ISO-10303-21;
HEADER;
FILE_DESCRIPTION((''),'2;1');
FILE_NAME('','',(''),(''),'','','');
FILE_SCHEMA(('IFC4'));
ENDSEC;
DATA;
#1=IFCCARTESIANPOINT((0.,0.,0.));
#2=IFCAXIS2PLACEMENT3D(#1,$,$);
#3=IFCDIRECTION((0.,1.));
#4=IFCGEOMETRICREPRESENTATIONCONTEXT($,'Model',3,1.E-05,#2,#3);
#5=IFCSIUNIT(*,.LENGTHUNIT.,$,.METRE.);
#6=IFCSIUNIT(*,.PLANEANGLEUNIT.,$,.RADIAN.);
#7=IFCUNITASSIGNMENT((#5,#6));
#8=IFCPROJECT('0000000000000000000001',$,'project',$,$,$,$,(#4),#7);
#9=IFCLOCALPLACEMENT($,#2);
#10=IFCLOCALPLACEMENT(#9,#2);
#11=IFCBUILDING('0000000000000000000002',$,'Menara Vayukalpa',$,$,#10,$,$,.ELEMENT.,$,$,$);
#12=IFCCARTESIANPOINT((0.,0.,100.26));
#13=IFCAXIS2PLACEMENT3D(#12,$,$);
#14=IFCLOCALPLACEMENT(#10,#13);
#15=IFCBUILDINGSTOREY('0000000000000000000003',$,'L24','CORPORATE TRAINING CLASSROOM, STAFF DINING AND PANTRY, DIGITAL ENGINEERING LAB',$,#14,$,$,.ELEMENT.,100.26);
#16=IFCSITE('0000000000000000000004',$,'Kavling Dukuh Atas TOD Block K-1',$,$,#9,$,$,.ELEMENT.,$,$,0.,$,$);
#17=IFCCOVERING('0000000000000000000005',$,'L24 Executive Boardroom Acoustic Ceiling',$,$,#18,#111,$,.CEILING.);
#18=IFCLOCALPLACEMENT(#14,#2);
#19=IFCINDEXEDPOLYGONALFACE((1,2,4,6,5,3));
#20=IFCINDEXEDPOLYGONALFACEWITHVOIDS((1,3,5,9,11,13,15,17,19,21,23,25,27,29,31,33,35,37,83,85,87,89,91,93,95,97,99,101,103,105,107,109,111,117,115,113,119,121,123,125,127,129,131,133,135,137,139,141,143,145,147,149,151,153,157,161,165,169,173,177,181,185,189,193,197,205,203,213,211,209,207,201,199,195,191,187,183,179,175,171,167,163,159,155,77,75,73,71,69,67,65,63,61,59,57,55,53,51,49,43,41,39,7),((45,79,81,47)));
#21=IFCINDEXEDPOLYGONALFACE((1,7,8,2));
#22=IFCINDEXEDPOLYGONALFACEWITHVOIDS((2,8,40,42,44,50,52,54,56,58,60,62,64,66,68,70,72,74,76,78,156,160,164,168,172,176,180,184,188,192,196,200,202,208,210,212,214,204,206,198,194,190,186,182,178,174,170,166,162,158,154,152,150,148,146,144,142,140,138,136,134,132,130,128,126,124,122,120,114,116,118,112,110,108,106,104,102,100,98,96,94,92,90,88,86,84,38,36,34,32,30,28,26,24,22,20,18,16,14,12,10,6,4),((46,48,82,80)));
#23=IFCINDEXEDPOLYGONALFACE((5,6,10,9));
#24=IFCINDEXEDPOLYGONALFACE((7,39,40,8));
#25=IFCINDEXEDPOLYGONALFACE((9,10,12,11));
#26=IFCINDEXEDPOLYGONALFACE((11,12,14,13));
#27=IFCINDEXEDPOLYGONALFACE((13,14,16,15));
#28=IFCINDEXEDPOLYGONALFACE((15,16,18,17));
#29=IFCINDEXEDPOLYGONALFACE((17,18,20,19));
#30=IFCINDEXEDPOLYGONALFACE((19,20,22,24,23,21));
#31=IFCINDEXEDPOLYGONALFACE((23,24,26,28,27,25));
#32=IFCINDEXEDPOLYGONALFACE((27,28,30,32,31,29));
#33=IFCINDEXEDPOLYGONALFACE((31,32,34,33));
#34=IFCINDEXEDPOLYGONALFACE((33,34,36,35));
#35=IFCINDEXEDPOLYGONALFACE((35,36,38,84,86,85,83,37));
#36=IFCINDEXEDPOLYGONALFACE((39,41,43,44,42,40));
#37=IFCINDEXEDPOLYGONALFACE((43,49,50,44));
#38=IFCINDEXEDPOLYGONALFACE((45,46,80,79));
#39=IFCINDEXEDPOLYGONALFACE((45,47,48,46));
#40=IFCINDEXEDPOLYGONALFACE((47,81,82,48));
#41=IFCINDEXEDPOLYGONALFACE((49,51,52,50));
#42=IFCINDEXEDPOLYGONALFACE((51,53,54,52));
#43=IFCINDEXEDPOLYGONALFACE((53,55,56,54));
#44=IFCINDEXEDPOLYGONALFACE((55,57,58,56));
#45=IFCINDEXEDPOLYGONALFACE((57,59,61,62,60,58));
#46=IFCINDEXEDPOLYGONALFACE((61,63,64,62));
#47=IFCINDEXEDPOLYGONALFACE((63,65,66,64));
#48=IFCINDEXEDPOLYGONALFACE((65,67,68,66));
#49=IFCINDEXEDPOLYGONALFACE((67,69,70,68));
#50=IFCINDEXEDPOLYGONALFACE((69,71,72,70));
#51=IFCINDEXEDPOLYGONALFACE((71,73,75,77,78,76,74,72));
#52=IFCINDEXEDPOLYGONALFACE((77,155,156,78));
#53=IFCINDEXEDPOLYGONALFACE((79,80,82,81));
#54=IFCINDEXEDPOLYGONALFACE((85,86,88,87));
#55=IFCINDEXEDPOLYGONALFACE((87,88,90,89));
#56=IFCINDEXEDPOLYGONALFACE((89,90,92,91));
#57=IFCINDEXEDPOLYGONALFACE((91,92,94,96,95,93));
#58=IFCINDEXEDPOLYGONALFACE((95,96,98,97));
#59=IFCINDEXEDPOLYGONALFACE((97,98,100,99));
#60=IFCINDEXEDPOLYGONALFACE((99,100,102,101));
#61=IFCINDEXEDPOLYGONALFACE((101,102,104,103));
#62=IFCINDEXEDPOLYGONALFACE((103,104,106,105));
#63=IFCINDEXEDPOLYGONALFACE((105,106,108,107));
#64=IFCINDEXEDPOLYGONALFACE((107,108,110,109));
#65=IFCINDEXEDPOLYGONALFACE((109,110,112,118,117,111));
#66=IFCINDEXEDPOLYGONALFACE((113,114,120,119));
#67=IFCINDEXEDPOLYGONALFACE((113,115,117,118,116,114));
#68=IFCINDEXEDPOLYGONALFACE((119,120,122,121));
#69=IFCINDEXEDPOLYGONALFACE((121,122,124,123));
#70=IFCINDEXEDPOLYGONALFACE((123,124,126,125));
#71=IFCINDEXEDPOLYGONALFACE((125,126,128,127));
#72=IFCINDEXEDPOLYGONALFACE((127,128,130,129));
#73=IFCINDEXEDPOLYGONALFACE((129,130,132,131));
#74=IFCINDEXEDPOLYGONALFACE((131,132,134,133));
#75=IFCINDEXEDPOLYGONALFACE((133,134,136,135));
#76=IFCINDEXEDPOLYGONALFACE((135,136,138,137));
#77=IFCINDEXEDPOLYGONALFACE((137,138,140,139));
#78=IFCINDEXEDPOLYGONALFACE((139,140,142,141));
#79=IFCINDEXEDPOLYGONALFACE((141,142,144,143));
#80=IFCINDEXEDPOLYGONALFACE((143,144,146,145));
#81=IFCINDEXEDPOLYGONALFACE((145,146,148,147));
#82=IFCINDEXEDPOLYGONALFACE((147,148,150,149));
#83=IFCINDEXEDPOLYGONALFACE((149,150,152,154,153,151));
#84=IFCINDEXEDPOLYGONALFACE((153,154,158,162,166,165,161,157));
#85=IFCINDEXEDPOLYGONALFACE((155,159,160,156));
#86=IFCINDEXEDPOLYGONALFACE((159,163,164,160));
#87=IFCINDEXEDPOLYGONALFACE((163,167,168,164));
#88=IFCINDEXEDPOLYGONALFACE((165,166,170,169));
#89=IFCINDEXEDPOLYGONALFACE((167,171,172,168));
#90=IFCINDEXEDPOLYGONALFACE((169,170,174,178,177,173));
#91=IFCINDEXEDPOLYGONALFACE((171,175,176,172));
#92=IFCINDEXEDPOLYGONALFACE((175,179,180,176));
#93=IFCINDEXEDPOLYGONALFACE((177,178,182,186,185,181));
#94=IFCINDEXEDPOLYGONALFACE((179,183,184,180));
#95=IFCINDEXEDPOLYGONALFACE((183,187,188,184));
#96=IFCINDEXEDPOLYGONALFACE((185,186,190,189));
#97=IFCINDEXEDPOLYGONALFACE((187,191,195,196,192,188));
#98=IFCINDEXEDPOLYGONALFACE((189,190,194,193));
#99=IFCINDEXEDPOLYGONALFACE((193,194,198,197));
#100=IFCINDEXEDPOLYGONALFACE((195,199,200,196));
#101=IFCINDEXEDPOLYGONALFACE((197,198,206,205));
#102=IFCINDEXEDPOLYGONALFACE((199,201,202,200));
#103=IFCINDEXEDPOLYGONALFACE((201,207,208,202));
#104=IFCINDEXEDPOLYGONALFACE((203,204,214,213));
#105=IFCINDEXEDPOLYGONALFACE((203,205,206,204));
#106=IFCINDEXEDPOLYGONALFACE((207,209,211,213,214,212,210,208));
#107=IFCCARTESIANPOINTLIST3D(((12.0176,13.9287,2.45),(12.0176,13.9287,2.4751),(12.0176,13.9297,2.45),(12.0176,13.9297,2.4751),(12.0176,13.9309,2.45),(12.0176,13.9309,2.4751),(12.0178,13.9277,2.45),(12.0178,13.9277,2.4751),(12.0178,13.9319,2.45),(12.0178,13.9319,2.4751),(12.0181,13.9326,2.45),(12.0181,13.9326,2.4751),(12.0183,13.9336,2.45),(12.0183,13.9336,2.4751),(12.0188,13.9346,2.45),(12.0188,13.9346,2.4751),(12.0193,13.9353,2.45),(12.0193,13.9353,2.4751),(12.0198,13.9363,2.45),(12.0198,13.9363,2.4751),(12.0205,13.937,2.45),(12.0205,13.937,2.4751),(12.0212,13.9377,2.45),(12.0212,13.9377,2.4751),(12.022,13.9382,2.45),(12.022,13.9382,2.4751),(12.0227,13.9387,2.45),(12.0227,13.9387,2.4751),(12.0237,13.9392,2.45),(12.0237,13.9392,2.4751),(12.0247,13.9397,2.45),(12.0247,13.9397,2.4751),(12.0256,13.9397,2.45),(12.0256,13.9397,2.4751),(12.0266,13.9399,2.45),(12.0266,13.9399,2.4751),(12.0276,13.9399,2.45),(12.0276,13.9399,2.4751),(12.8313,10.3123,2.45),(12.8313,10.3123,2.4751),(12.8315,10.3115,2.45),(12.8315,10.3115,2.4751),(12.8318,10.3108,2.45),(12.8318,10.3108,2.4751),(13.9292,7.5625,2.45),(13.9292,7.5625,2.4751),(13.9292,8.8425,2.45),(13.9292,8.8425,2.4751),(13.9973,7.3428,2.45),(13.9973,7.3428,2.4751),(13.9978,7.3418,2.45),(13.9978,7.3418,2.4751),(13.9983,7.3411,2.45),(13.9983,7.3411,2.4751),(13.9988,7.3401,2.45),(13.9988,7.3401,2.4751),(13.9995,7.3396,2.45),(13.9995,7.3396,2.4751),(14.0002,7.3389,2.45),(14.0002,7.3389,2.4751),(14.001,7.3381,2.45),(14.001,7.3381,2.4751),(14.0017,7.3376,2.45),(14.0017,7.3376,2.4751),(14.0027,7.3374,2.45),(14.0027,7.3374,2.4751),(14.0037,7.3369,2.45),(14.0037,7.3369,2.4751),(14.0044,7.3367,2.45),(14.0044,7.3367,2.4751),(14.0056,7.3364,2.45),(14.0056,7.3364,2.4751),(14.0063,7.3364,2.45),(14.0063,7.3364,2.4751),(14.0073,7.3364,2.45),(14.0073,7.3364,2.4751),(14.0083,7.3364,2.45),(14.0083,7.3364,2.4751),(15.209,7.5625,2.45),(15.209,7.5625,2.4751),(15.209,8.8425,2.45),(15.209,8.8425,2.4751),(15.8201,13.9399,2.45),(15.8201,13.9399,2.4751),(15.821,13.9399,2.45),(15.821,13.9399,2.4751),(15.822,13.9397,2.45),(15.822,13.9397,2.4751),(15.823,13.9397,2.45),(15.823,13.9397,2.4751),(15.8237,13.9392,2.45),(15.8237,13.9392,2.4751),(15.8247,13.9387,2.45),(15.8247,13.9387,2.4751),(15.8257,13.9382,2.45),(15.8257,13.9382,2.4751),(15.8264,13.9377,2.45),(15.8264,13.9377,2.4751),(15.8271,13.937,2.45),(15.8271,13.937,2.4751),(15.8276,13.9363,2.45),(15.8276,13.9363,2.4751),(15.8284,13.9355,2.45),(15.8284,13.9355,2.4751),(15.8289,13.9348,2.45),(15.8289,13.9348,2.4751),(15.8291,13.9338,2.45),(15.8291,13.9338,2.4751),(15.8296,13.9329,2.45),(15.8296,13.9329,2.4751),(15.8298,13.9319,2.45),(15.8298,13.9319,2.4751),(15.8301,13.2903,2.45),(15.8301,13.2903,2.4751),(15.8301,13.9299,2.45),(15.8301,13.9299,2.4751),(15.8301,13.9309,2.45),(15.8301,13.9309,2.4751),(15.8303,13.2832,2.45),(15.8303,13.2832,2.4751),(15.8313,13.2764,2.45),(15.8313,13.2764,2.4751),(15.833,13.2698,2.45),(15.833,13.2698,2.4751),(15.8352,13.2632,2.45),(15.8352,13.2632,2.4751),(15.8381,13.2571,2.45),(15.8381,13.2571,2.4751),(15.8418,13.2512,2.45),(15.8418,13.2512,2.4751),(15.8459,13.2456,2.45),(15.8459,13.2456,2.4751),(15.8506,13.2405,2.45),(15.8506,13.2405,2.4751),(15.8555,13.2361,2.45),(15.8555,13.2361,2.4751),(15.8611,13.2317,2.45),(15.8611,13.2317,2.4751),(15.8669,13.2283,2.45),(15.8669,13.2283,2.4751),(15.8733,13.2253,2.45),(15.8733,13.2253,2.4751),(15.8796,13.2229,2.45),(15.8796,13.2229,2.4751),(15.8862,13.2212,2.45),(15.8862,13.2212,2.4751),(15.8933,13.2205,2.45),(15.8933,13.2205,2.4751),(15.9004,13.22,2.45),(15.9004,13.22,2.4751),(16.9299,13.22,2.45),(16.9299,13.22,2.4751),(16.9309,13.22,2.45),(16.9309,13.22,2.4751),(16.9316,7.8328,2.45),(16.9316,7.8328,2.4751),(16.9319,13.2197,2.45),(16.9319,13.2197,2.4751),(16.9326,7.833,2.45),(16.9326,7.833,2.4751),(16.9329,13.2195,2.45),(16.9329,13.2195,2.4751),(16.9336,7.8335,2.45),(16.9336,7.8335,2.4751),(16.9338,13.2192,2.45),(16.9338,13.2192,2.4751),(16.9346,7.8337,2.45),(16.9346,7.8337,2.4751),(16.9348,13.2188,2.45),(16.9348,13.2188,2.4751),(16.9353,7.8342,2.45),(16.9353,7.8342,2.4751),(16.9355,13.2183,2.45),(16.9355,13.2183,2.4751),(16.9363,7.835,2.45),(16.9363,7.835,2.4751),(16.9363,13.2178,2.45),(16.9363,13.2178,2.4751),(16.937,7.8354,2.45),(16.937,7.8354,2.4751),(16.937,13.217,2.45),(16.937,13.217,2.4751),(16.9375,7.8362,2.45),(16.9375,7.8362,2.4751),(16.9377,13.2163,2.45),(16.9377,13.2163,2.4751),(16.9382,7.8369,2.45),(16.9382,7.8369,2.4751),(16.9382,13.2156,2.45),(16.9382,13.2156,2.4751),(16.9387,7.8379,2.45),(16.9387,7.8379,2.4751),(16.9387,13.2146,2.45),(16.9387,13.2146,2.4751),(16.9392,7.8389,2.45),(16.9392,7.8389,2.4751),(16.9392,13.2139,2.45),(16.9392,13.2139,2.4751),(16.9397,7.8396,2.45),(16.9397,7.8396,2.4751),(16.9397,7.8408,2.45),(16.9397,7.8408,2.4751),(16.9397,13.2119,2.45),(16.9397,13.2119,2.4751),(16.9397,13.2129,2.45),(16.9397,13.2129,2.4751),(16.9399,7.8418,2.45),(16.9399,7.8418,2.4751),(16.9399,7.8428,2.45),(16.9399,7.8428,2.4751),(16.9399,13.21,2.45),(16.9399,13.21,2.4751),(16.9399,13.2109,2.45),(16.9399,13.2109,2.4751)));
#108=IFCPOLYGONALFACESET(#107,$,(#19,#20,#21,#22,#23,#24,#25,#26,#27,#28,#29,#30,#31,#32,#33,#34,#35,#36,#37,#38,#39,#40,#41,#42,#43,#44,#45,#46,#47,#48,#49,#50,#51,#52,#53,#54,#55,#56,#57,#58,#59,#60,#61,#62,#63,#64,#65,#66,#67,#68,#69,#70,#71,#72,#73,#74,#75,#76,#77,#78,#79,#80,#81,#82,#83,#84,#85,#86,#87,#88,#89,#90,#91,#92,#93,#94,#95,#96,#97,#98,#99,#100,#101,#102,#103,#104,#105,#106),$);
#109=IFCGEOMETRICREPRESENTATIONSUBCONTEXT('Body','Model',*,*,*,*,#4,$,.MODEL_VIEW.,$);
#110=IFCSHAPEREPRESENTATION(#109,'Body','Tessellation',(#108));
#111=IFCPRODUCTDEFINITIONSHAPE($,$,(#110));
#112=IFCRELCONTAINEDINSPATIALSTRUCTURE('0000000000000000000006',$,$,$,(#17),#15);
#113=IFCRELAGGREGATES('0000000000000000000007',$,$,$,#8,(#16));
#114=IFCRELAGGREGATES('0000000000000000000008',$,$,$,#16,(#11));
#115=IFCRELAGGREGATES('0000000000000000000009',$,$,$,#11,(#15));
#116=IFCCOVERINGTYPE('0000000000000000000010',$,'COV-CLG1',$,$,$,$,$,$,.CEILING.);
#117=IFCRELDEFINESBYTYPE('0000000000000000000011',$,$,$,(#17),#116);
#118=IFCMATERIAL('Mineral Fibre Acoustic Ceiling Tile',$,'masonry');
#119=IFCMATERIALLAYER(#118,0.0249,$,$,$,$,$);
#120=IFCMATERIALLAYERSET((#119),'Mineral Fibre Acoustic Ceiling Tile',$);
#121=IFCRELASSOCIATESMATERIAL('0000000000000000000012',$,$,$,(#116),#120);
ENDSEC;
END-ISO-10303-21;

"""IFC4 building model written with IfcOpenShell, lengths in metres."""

from ifc_helpers import new_model, si_unit, direction, frame, origin, place, context, subcontext, project, spatial, polyline, outline, extrude, material, layer, layer_set, type_object, element, save


model = new_model("IFC4")

# Units and contexts
model_context = context("Model", 3, precision=1e-05, world=origin(), true_north=direction((0.0, 1.0)))
body_context = subcontext(model_context, "Body", "Model", "MODEL_VIEW")
ifc_project = project(units=[si_unit("LENGTHUNIT", "METRE"), si_unit("PLANEANGLEUNIT", "RADIAN")], contexts=[model_context])

# Site, building, storey
site_placement = place(None, origin())
site = spatial("IfcSite", under=ifc_project, at=site_placement, Name="Kavling Dukuh Atas TOD Block K-1", CompositionType="ELEMENT", RefElevation=0.0)
building_placement = place(site_placement, origin())
building = spatial("IfcBuilding", under=site, at=building_placement, Name="Menara Vayukalpa", CompositionType="ELEMENT")
storey_placement = place(building_placement, frame((0.0, 0.0, 100.26)))
storey = spatial("IfcBuildingStorey", under=building, at=storey_placement, Name="L24", Description="CORPORATE TRAINING CLASSROOM, STAFF DINING AND PANTRY, DIGITAL ENGINEERING LAB", CompositionType="ELEMENT", Elevation=100.26)

# Covering
ifc_material_1 = material(Name="Mineral Fibre Acoustic Ceiling Tile", Category="masonry")
ifc_layer_1 = layer(ifc_material_1, 0.0249)
ifc_layer_set_1 = layer_set([ifc_layer_1], Name="Mineral Fibre Acoustic Ceiling Tile")
covering_type_1 = type_object("IfcCoveringType", Name="COV-CLG1", PredefinedType="CEILING", material=ifc_layer_set_1)
covering_1_placement = place(storey_placement, frame((0.0, 0.0, 2.45)))
element("IfcCovering", 1, at=covering_1_placement, inside=storey, type_object=covering_type_1, Name="L24 Executive Boardroom Acoustic Ceiling", PredefinedType="CEILING", context=body_context, shape_type="SweptSolid", body=[
    extrude(outline(polyline([(14.0063, 7.3364), (14.0056, 7.3364), (14.0044, 7.3367), (14.0037, 7.3369), (14.0027, 7.3374), (14.0017, 7.3376), (14.001, 7.3381), (14.0002, 7.3389), (13.9995, 7.3396), (13.9988, 7.3401), (13.9983, 7.3411), (13.9978, 7.3418), (13.9973, 7.3428), (12.8318, 10.3108), (12.8315, 10.3115), (12.8313, 10.3123), (12.0178, 13.9277), (12.0176, 13.9287), (12.0176, 13.9297), (12.0176, 13.9309), (12.0178, 13.9319), (12.0181, 13.9326), (12.0183, 13.9336), (12.0188, 13.9346), (12.0193, 13.9353), (12.0198, 13.9363), (12.0205, 13.937), (12.0212, 13.9377), (12.022, 13.9382), (12.0227, 13.9387), (12.0237, 13.9392), (12.0247, 13.9397), (12.0256, 13.9397), (12.0266, 13.9399), (12.0276, 13.9399), (15.8201, 13.9399), (15.821, 13.9399), (15.822, 13.9397), (15.823, 13.9397), (15.8237, 13.9392), (15.8247, 13.9387), (15.8257, 13.9382), (15.8264, 13.9377), (15.8271, 13.937), (15.8276, 13.9363), (15.8284, 13.9355), (15.8289, 13.9348), (15.8291, 13.9338), (15.8296, 13.9329), (15.8298, 13.9319), (15.8301, 13.9309), (15.8301, 13.9299), (15.8301, 13.2903), (15.8303, 13.2832), (15.8313, 13.2764), (15.833, 13.2698), (15.8352, 13.2632), (15.8381, 13.2571), (15.8418, 13.2512), (15.8459, 13.2456), (15.8506, 13.2405), (15.8555, 13.2361), (15.8611, 13.2317), (15.8669, 13.2283), (15.8733, 13.2253), (15.8796, 13.2229), (15.8862, 13.2212), (15.8933, 13.2205), (15.9004, 13.22), (16.9299, 13.22), (16.9309, 13.22), (16.9319, 13.2197), (16.9329, 13.2195), (16.9338, 13.2192), (16.9348, 13.2188), (16.9355, 13.2183), (16.9363, 13.2178), (16.937, 13.217), (16.9377, 13.2163), (16.9382, 13.2156), (16.9387, 13.2146), (16.9392, 13.2139), (16.9397, 13.2129), (16.9397, 13.2119), (16.9399, 13.2109), (16.9399, 13.21), (16.9399, 7.8428), (16.9399, 7.8418), (16.9397, 7.8408), (16.9397, 7.8396), (16.9392, 7.8389), (16.9387, 7.8379), (16.9382, 7.8369), (16.9375, 7.8362), (16.937, 7.8354), (16.9363, 7.835), (16.9353, 7.8342), (16.9346, 7.8337), (16.9336, 7.8335), (16.9326, 7.833), (16.9316, 7.8328), (14.0083, 7.3364), (14.0073, 7.3364), (14.0063, 7.3364)]), holes=[polyline([(15.209, 8.8425), (13.9292, 8.8425), (13.9292, 7.5625), (15.209, 7.5625), (15.209, 8.8425)])]), origin(), (0.0, 0.0, 1.0), 0.0251),
])

save(model, "model.ifc")
